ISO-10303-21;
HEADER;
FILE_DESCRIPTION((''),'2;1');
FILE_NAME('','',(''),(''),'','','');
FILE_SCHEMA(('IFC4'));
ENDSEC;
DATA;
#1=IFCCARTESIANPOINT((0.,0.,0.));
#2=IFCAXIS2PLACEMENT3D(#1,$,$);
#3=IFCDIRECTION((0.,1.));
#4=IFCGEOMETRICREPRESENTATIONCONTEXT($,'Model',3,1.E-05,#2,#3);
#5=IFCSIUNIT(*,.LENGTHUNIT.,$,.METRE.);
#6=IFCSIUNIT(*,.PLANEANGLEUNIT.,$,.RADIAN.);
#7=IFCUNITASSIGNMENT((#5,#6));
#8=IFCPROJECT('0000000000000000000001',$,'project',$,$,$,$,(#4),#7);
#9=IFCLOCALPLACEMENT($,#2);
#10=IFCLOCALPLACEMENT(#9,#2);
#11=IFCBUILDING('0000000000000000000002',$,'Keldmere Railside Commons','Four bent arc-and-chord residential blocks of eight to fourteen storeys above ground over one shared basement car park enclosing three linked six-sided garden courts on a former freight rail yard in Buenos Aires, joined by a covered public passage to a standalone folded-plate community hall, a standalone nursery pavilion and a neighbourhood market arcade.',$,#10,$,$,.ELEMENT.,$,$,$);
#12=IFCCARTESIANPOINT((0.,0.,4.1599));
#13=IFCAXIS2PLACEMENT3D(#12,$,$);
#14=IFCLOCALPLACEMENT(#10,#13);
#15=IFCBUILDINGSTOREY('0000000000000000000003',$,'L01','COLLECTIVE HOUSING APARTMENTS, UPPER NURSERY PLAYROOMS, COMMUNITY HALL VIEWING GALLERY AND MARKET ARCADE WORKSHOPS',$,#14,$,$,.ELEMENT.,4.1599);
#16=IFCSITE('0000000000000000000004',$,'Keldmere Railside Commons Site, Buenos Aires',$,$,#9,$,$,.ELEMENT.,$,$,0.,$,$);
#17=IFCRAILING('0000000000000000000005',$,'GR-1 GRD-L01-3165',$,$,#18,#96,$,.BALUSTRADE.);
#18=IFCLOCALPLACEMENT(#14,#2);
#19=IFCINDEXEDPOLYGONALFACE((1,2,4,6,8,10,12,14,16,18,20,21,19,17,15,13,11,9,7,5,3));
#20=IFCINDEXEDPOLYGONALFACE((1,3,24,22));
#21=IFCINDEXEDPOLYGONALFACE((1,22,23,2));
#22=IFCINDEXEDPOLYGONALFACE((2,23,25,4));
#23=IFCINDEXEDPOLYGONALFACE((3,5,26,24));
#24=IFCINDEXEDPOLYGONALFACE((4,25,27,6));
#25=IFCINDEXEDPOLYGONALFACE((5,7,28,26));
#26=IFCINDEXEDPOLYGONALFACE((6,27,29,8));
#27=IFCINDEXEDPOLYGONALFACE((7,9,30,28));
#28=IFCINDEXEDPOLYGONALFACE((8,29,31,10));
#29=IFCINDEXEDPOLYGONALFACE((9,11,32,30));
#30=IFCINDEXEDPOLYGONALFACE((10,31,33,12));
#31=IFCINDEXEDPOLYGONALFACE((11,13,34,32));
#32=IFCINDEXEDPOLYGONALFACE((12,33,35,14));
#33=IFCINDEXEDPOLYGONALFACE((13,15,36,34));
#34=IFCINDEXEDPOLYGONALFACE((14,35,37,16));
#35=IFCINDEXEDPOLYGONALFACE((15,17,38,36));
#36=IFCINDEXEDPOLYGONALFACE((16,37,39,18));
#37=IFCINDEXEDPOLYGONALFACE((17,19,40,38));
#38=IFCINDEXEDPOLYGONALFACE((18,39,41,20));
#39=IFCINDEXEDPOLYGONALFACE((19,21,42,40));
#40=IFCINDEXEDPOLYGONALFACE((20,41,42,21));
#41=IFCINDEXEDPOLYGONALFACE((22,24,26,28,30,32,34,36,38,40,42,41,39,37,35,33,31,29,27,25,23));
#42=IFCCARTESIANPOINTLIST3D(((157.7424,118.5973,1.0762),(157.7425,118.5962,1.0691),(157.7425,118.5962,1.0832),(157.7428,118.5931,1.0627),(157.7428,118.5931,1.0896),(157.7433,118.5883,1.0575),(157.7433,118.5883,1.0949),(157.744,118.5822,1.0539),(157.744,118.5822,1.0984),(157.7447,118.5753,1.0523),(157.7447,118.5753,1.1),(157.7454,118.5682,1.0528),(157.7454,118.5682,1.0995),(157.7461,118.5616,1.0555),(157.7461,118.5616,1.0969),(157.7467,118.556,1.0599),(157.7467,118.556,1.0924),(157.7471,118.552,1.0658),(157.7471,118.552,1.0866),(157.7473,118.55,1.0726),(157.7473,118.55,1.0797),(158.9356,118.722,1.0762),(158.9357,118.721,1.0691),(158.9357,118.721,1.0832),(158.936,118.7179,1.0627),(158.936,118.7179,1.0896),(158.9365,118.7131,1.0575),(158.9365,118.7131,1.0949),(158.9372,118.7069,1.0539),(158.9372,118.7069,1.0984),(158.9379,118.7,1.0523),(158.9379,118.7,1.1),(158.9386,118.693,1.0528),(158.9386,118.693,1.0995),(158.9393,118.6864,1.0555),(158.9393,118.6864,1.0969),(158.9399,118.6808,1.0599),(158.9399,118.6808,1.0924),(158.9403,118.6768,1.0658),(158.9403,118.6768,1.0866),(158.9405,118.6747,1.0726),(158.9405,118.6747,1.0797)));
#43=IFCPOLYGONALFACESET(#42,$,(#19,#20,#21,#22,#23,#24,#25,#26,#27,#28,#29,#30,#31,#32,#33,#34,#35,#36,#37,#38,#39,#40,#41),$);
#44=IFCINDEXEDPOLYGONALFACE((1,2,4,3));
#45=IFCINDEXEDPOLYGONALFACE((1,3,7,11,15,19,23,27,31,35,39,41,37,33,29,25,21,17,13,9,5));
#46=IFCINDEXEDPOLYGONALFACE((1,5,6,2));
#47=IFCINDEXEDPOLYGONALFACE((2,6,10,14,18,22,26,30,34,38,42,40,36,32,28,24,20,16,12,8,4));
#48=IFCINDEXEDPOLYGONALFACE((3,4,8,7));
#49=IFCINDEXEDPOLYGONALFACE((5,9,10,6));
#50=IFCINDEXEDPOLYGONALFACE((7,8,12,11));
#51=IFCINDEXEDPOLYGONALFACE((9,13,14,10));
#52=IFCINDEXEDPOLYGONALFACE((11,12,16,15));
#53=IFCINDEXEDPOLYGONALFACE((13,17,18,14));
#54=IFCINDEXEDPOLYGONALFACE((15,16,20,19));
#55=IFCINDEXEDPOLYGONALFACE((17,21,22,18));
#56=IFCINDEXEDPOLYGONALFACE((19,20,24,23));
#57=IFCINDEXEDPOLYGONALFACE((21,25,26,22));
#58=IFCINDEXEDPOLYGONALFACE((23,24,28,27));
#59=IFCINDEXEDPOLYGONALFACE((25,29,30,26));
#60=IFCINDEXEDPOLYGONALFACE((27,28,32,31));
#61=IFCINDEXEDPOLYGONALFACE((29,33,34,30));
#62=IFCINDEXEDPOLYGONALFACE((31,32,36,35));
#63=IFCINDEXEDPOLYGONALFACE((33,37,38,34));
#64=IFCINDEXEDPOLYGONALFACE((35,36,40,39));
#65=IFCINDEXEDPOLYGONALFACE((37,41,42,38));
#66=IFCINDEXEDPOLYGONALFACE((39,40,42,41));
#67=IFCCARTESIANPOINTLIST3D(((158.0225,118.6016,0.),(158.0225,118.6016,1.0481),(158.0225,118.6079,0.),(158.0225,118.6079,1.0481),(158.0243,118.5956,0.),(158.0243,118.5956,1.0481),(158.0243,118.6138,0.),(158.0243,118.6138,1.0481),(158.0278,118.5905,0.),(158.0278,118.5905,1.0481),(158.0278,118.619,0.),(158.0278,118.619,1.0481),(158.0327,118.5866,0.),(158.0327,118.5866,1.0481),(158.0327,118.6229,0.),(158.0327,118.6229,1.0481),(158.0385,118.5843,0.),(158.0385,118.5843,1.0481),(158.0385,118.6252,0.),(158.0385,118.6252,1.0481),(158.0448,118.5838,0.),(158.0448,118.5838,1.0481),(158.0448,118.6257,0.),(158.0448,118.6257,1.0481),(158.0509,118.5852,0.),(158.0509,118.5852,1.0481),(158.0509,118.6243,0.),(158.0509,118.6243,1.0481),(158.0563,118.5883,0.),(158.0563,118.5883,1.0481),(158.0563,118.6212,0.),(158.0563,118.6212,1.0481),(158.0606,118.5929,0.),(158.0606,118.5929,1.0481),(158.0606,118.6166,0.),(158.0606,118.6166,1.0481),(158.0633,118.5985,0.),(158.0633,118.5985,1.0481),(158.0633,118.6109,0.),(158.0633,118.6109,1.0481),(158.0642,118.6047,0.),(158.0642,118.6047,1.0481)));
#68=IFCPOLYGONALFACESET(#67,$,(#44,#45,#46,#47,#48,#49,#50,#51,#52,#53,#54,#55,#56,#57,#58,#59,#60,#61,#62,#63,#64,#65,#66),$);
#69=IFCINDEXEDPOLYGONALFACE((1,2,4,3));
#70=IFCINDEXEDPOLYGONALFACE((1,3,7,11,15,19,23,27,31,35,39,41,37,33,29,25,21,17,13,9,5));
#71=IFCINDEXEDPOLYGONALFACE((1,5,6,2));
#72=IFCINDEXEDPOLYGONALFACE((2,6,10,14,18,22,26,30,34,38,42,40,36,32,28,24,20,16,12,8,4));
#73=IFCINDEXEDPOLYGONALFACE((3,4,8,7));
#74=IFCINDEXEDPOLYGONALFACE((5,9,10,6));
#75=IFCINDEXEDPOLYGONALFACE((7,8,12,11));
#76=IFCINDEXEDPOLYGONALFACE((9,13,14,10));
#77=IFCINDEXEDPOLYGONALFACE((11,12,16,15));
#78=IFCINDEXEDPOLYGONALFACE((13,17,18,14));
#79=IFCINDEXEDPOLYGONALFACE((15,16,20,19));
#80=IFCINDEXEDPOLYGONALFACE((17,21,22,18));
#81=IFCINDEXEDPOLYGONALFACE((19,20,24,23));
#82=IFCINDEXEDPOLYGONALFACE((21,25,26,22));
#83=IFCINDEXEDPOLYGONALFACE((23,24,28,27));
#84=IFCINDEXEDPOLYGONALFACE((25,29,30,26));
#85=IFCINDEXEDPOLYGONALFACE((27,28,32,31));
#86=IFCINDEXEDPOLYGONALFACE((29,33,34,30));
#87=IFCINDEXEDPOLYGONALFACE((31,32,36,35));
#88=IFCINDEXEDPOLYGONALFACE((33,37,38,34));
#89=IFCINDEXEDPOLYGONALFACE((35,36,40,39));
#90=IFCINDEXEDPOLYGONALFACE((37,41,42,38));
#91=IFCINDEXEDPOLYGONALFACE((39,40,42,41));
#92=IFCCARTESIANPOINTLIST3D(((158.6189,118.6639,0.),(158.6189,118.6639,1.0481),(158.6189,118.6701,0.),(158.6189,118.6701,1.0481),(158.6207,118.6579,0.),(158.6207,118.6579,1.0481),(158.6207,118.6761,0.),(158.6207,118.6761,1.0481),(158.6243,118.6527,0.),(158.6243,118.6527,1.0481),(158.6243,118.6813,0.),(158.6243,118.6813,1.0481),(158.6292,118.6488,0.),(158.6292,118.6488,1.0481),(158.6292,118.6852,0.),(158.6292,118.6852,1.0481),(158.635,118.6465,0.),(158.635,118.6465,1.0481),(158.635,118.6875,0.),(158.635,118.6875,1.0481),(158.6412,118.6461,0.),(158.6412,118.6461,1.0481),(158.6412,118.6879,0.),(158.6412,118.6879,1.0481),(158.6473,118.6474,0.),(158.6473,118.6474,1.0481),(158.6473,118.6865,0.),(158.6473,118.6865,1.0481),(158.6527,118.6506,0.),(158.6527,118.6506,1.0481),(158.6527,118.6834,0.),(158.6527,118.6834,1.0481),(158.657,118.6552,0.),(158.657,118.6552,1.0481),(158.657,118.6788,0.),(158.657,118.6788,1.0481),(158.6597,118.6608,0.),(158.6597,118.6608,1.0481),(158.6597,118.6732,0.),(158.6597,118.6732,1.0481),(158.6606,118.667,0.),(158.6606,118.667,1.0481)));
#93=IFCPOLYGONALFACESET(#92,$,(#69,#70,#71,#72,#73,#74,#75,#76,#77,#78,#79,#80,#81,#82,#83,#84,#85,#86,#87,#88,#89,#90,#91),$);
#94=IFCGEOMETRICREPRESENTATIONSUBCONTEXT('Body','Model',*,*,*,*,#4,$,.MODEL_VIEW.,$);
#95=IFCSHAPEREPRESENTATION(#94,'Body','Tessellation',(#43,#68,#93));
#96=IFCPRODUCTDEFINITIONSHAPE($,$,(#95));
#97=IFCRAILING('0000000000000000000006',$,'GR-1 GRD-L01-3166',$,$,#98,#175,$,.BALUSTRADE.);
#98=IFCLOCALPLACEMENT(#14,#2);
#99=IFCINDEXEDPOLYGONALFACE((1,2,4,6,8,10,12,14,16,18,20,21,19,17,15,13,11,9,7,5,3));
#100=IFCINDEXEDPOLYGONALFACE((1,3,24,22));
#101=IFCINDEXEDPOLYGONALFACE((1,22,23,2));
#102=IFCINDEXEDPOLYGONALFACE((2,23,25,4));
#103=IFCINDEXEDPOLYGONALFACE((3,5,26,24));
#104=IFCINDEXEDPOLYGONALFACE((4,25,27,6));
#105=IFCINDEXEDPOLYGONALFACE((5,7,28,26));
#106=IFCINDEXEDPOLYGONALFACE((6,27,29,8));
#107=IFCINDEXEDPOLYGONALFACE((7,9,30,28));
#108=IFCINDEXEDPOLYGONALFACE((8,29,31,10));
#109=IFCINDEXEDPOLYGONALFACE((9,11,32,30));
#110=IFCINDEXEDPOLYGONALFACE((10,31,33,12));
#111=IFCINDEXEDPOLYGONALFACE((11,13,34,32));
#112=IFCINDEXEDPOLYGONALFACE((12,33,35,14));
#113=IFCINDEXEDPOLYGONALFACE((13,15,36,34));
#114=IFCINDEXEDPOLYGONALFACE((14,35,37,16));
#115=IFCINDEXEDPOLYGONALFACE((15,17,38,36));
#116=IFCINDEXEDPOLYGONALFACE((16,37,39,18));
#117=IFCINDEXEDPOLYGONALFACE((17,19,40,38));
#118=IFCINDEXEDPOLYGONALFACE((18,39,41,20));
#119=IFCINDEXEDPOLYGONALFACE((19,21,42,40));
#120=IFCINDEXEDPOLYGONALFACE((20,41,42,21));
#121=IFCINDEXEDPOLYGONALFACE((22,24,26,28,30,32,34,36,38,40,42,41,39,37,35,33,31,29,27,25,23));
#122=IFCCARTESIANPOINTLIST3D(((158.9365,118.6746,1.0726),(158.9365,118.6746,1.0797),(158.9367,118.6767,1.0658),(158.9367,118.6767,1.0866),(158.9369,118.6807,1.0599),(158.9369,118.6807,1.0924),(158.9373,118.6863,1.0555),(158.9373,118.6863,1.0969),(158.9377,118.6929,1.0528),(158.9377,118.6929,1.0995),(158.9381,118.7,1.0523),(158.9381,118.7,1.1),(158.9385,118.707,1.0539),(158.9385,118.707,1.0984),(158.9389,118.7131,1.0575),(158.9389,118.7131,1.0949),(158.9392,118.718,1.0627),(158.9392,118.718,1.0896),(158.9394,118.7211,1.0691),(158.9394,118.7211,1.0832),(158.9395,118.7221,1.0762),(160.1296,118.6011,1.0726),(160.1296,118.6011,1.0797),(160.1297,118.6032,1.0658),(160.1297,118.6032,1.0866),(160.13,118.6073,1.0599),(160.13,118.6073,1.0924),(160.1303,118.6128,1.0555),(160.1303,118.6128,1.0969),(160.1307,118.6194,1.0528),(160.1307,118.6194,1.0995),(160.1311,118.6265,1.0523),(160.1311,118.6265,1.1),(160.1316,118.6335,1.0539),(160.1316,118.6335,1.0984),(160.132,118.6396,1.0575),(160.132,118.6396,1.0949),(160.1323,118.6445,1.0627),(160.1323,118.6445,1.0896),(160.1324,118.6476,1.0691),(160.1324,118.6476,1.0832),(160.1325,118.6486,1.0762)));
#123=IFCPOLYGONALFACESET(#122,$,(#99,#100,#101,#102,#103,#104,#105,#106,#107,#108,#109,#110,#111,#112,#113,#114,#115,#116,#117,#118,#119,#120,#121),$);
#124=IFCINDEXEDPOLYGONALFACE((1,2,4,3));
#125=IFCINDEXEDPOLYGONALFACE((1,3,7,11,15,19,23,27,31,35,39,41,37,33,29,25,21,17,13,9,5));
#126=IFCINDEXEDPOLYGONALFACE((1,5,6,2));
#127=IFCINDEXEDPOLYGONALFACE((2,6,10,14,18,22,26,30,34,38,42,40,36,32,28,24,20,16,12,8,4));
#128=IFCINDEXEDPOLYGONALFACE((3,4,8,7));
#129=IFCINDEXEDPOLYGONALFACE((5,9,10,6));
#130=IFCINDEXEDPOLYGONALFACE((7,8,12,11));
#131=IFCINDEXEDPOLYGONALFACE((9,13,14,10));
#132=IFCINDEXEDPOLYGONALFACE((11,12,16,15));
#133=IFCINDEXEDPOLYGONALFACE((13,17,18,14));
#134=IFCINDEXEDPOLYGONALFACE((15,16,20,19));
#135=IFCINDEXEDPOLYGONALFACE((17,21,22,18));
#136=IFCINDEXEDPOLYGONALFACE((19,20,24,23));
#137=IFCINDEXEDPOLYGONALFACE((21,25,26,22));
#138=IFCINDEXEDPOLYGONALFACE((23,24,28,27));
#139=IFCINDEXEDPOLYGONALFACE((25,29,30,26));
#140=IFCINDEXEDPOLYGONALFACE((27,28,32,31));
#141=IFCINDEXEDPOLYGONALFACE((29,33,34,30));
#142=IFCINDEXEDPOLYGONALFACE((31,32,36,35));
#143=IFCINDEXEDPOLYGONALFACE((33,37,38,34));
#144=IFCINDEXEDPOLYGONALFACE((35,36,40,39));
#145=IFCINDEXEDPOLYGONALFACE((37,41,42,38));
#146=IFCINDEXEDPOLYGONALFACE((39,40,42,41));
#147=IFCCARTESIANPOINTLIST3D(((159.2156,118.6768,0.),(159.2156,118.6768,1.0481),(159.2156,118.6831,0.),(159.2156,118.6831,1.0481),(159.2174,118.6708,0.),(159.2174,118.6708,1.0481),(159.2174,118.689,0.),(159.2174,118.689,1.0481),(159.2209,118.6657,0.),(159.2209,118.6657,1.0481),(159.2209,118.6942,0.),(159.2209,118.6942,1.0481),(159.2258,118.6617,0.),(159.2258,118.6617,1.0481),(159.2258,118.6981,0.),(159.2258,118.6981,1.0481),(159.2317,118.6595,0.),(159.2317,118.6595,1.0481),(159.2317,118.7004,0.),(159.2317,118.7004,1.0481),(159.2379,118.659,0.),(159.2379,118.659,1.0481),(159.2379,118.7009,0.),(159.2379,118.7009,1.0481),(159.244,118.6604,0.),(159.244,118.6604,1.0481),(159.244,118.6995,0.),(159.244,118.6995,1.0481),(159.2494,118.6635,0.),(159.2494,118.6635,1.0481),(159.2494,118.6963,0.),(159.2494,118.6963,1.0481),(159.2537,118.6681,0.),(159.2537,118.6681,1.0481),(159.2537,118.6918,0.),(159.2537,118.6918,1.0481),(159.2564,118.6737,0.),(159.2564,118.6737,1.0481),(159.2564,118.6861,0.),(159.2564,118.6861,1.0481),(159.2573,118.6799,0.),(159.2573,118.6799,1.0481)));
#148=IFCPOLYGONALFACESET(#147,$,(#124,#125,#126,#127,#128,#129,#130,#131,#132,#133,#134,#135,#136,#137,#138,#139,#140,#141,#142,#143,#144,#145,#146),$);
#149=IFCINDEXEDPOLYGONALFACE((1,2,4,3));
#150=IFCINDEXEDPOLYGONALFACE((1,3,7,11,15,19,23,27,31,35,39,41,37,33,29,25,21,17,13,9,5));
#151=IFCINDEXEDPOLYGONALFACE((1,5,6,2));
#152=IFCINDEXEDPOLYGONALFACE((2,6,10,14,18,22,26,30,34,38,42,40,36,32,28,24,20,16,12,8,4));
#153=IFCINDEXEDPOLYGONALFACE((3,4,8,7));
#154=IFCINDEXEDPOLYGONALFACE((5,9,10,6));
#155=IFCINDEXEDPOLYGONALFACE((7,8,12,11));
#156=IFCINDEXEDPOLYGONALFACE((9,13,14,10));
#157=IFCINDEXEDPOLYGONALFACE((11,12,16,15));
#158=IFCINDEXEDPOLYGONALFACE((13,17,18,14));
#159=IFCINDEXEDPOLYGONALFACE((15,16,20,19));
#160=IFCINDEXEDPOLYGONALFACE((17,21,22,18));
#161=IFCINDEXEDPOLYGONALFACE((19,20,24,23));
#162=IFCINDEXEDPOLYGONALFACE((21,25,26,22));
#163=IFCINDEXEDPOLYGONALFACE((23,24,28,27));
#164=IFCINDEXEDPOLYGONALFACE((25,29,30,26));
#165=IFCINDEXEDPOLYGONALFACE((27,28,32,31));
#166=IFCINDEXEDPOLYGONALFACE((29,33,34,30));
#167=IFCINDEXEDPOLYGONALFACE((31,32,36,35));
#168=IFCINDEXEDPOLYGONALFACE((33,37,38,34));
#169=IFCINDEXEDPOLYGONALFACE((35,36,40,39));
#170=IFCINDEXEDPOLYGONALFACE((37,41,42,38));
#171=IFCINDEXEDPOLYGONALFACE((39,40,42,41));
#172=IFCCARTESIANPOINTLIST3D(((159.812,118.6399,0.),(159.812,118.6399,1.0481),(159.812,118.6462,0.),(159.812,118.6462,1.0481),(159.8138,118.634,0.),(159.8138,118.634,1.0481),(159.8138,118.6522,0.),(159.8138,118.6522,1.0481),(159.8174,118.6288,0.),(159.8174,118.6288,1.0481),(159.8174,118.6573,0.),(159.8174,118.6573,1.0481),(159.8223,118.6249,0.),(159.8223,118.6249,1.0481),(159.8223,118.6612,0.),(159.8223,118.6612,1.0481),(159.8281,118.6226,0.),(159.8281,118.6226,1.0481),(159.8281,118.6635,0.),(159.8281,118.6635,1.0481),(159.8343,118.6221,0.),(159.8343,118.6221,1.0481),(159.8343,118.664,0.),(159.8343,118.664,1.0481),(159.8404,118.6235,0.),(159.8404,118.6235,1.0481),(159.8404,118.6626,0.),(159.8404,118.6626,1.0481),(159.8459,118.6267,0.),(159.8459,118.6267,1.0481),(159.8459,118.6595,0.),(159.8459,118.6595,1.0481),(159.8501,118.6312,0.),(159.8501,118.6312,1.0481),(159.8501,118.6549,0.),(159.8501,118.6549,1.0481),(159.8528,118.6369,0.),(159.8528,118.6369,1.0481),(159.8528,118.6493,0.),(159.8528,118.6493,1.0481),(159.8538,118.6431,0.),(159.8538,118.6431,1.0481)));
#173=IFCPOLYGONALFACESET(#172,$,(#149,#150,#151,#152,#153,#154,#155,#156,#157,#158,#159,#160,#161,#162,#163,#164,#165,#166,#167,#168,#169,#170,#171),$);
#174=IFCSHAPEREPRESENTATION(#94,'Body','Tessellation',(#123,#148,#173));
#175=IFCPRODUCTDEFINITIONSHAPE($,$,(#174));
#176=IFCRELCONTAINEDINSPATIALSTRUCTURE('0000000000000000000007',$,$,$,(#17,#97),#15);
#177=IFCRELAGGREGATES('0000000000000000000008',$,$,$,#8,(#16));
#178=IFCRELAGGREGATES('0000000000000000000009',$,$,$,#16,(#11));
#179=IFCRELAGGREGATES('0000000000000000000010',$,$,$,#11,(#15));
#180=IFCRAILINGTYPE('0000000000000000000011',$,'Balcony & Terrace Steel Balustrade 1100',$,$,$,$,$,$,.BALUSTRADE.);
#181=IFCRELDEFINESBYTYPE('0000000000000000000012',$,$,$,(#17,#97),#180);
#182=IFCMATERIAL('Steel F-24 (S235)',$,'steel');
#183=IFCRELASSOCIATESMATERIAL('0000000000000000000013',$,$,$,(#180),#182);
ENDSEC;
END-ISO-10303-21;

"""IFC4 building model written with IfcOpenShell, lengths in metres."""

from ifc_helpers import new_model, si_unit, direction, frame, origin, origin_2d, place, context, subcontext, project, spatial, circle, extrude, material, type_object, element, save


model = new_model("IFC4")

# Units and contexts
model_context = context("Model", 3, precision=1e-05, world=origin(), true_north=direction((0.0, 1.0)))
body_context = subcontext(model_context, "Body", "Model", "MODEL_VIEW")
ifc_project = project(units=[si_unit("LENGTHUNIT", "METRE"), si_unit("PLANEANGLEUNIT", "RADIAN")], contexts=[model_context])

# Site, building, storey
site_placement = place(None, origin())
site = spatial("IfcSite", under=ifc_project, at=site_placement, Name="Keldmere Railside Commons Site, Buenos Aires", CompositionType="ELEMENT", RefElevation=0.0)
building_placement = place(site_placement, origin())
building = spatial("IfcBuilding", under=site, at=building_placement, Name="Keldmere Railside Commons", Description="Four bent arc-and-chord residential blocks of eight to fourteen storeys above ground over one shared basement car park enclosing three linked six-sided garden courts on a former freight rail yard in Buenos Aires, joined by a covered public passage to a standalone folded-plate community hall, a standalone nursery pavilion and a neighbourhood market arcade.", CompositionType="ELEMENT")
storey_placement = place(building_placement, frame((0.0, 0.0, 4.1599)))
storey = spatial("IfcBuildingStorey", under=building, at=storey_placement, Name="L01", Description="COLLECTIVE HOUSING APARTMENTS, UPPER NURSERY PLAYROOMS, COMMUNITY HALL VIEWING GALLERY AND MARKET ARCADE WORKSHOPS", CompositionType="ELEMENT", Elevation=4.1599)

# Railings
ifc_material_1 = material(Name="Steel F-24 (S235)", Category="steel")
railing_type = type_object("IfcRailingType", Name="Balcony & Terrace Steel Balustrade 1100", PredefinedType="BALUSTRADE", material=ifc_material_1)
railing_1_placement = place(storey_placement, frame((157.7449, 118.5735, 0.0)))
element("IfcRailing", 1, at=railing_1_placement, inside=storey, type_object=railing_type, Name="GR-1 GRD-L01-3165", PredefinedType="BALUSTRADE", context=body_context, shape_type="SweptSolid", body=[
    extrude(circle(Radius=0.0239, at=origin_2d()), frame((0.0, 0.0, 1.0762), z_axis=(0.994578, 0.103996, 0.0), x_axis=(-0.103996, 0.994578, 0.0)), (0.0, 0.0, 1.0), 1.1997),
    extrude(circle(Radius=0.021, at=origin_2d()), frame((0.2983, 0.0312, 0.0)), (0.0, 0.0, 1.0), 1.0481),
    extrude(circle(Radius=0.021, at=origin_2d()), frame((0.8948, 0.0935, 0.0)), (0.0, 0.0, 1.0), 1.0481),
])
railing_2_placement = place(storey_placement, frame((158.938, 118.6982, 0.0)))
element("IfcRailing", 2, at=railing_2_placement, inside=storey, type_object=railing_type, Name="GR-1 GRD-L01-3166", PredefinedType="BALUSTRADE", context=body_context, shape_type="SweptSolid", body=[
    extrude(circle(Radius=0.0239, at=origin_2d()), frame((0.0, 0.0, 1.0762), z_axis=(0.998109, -0.061475, 0.0), x_axis=(0.061475, 0.998109, 0.0)), (0.0, 0.0, 1.0), 1.1953),
    extrude(circle(Radius=0.021, at=origin_2d()), frame((0.2983, -0.0183, 0.0)), (0.0, 0.0, 1.0), 1.0481),
    extrude(circle(Radius=0.021, at=origin_2d()), frame((0.8948, -0.0552, 0.0)), (0.0, 0.0, 1.0), 1.0481),
])

save(model, "model.ifc")
